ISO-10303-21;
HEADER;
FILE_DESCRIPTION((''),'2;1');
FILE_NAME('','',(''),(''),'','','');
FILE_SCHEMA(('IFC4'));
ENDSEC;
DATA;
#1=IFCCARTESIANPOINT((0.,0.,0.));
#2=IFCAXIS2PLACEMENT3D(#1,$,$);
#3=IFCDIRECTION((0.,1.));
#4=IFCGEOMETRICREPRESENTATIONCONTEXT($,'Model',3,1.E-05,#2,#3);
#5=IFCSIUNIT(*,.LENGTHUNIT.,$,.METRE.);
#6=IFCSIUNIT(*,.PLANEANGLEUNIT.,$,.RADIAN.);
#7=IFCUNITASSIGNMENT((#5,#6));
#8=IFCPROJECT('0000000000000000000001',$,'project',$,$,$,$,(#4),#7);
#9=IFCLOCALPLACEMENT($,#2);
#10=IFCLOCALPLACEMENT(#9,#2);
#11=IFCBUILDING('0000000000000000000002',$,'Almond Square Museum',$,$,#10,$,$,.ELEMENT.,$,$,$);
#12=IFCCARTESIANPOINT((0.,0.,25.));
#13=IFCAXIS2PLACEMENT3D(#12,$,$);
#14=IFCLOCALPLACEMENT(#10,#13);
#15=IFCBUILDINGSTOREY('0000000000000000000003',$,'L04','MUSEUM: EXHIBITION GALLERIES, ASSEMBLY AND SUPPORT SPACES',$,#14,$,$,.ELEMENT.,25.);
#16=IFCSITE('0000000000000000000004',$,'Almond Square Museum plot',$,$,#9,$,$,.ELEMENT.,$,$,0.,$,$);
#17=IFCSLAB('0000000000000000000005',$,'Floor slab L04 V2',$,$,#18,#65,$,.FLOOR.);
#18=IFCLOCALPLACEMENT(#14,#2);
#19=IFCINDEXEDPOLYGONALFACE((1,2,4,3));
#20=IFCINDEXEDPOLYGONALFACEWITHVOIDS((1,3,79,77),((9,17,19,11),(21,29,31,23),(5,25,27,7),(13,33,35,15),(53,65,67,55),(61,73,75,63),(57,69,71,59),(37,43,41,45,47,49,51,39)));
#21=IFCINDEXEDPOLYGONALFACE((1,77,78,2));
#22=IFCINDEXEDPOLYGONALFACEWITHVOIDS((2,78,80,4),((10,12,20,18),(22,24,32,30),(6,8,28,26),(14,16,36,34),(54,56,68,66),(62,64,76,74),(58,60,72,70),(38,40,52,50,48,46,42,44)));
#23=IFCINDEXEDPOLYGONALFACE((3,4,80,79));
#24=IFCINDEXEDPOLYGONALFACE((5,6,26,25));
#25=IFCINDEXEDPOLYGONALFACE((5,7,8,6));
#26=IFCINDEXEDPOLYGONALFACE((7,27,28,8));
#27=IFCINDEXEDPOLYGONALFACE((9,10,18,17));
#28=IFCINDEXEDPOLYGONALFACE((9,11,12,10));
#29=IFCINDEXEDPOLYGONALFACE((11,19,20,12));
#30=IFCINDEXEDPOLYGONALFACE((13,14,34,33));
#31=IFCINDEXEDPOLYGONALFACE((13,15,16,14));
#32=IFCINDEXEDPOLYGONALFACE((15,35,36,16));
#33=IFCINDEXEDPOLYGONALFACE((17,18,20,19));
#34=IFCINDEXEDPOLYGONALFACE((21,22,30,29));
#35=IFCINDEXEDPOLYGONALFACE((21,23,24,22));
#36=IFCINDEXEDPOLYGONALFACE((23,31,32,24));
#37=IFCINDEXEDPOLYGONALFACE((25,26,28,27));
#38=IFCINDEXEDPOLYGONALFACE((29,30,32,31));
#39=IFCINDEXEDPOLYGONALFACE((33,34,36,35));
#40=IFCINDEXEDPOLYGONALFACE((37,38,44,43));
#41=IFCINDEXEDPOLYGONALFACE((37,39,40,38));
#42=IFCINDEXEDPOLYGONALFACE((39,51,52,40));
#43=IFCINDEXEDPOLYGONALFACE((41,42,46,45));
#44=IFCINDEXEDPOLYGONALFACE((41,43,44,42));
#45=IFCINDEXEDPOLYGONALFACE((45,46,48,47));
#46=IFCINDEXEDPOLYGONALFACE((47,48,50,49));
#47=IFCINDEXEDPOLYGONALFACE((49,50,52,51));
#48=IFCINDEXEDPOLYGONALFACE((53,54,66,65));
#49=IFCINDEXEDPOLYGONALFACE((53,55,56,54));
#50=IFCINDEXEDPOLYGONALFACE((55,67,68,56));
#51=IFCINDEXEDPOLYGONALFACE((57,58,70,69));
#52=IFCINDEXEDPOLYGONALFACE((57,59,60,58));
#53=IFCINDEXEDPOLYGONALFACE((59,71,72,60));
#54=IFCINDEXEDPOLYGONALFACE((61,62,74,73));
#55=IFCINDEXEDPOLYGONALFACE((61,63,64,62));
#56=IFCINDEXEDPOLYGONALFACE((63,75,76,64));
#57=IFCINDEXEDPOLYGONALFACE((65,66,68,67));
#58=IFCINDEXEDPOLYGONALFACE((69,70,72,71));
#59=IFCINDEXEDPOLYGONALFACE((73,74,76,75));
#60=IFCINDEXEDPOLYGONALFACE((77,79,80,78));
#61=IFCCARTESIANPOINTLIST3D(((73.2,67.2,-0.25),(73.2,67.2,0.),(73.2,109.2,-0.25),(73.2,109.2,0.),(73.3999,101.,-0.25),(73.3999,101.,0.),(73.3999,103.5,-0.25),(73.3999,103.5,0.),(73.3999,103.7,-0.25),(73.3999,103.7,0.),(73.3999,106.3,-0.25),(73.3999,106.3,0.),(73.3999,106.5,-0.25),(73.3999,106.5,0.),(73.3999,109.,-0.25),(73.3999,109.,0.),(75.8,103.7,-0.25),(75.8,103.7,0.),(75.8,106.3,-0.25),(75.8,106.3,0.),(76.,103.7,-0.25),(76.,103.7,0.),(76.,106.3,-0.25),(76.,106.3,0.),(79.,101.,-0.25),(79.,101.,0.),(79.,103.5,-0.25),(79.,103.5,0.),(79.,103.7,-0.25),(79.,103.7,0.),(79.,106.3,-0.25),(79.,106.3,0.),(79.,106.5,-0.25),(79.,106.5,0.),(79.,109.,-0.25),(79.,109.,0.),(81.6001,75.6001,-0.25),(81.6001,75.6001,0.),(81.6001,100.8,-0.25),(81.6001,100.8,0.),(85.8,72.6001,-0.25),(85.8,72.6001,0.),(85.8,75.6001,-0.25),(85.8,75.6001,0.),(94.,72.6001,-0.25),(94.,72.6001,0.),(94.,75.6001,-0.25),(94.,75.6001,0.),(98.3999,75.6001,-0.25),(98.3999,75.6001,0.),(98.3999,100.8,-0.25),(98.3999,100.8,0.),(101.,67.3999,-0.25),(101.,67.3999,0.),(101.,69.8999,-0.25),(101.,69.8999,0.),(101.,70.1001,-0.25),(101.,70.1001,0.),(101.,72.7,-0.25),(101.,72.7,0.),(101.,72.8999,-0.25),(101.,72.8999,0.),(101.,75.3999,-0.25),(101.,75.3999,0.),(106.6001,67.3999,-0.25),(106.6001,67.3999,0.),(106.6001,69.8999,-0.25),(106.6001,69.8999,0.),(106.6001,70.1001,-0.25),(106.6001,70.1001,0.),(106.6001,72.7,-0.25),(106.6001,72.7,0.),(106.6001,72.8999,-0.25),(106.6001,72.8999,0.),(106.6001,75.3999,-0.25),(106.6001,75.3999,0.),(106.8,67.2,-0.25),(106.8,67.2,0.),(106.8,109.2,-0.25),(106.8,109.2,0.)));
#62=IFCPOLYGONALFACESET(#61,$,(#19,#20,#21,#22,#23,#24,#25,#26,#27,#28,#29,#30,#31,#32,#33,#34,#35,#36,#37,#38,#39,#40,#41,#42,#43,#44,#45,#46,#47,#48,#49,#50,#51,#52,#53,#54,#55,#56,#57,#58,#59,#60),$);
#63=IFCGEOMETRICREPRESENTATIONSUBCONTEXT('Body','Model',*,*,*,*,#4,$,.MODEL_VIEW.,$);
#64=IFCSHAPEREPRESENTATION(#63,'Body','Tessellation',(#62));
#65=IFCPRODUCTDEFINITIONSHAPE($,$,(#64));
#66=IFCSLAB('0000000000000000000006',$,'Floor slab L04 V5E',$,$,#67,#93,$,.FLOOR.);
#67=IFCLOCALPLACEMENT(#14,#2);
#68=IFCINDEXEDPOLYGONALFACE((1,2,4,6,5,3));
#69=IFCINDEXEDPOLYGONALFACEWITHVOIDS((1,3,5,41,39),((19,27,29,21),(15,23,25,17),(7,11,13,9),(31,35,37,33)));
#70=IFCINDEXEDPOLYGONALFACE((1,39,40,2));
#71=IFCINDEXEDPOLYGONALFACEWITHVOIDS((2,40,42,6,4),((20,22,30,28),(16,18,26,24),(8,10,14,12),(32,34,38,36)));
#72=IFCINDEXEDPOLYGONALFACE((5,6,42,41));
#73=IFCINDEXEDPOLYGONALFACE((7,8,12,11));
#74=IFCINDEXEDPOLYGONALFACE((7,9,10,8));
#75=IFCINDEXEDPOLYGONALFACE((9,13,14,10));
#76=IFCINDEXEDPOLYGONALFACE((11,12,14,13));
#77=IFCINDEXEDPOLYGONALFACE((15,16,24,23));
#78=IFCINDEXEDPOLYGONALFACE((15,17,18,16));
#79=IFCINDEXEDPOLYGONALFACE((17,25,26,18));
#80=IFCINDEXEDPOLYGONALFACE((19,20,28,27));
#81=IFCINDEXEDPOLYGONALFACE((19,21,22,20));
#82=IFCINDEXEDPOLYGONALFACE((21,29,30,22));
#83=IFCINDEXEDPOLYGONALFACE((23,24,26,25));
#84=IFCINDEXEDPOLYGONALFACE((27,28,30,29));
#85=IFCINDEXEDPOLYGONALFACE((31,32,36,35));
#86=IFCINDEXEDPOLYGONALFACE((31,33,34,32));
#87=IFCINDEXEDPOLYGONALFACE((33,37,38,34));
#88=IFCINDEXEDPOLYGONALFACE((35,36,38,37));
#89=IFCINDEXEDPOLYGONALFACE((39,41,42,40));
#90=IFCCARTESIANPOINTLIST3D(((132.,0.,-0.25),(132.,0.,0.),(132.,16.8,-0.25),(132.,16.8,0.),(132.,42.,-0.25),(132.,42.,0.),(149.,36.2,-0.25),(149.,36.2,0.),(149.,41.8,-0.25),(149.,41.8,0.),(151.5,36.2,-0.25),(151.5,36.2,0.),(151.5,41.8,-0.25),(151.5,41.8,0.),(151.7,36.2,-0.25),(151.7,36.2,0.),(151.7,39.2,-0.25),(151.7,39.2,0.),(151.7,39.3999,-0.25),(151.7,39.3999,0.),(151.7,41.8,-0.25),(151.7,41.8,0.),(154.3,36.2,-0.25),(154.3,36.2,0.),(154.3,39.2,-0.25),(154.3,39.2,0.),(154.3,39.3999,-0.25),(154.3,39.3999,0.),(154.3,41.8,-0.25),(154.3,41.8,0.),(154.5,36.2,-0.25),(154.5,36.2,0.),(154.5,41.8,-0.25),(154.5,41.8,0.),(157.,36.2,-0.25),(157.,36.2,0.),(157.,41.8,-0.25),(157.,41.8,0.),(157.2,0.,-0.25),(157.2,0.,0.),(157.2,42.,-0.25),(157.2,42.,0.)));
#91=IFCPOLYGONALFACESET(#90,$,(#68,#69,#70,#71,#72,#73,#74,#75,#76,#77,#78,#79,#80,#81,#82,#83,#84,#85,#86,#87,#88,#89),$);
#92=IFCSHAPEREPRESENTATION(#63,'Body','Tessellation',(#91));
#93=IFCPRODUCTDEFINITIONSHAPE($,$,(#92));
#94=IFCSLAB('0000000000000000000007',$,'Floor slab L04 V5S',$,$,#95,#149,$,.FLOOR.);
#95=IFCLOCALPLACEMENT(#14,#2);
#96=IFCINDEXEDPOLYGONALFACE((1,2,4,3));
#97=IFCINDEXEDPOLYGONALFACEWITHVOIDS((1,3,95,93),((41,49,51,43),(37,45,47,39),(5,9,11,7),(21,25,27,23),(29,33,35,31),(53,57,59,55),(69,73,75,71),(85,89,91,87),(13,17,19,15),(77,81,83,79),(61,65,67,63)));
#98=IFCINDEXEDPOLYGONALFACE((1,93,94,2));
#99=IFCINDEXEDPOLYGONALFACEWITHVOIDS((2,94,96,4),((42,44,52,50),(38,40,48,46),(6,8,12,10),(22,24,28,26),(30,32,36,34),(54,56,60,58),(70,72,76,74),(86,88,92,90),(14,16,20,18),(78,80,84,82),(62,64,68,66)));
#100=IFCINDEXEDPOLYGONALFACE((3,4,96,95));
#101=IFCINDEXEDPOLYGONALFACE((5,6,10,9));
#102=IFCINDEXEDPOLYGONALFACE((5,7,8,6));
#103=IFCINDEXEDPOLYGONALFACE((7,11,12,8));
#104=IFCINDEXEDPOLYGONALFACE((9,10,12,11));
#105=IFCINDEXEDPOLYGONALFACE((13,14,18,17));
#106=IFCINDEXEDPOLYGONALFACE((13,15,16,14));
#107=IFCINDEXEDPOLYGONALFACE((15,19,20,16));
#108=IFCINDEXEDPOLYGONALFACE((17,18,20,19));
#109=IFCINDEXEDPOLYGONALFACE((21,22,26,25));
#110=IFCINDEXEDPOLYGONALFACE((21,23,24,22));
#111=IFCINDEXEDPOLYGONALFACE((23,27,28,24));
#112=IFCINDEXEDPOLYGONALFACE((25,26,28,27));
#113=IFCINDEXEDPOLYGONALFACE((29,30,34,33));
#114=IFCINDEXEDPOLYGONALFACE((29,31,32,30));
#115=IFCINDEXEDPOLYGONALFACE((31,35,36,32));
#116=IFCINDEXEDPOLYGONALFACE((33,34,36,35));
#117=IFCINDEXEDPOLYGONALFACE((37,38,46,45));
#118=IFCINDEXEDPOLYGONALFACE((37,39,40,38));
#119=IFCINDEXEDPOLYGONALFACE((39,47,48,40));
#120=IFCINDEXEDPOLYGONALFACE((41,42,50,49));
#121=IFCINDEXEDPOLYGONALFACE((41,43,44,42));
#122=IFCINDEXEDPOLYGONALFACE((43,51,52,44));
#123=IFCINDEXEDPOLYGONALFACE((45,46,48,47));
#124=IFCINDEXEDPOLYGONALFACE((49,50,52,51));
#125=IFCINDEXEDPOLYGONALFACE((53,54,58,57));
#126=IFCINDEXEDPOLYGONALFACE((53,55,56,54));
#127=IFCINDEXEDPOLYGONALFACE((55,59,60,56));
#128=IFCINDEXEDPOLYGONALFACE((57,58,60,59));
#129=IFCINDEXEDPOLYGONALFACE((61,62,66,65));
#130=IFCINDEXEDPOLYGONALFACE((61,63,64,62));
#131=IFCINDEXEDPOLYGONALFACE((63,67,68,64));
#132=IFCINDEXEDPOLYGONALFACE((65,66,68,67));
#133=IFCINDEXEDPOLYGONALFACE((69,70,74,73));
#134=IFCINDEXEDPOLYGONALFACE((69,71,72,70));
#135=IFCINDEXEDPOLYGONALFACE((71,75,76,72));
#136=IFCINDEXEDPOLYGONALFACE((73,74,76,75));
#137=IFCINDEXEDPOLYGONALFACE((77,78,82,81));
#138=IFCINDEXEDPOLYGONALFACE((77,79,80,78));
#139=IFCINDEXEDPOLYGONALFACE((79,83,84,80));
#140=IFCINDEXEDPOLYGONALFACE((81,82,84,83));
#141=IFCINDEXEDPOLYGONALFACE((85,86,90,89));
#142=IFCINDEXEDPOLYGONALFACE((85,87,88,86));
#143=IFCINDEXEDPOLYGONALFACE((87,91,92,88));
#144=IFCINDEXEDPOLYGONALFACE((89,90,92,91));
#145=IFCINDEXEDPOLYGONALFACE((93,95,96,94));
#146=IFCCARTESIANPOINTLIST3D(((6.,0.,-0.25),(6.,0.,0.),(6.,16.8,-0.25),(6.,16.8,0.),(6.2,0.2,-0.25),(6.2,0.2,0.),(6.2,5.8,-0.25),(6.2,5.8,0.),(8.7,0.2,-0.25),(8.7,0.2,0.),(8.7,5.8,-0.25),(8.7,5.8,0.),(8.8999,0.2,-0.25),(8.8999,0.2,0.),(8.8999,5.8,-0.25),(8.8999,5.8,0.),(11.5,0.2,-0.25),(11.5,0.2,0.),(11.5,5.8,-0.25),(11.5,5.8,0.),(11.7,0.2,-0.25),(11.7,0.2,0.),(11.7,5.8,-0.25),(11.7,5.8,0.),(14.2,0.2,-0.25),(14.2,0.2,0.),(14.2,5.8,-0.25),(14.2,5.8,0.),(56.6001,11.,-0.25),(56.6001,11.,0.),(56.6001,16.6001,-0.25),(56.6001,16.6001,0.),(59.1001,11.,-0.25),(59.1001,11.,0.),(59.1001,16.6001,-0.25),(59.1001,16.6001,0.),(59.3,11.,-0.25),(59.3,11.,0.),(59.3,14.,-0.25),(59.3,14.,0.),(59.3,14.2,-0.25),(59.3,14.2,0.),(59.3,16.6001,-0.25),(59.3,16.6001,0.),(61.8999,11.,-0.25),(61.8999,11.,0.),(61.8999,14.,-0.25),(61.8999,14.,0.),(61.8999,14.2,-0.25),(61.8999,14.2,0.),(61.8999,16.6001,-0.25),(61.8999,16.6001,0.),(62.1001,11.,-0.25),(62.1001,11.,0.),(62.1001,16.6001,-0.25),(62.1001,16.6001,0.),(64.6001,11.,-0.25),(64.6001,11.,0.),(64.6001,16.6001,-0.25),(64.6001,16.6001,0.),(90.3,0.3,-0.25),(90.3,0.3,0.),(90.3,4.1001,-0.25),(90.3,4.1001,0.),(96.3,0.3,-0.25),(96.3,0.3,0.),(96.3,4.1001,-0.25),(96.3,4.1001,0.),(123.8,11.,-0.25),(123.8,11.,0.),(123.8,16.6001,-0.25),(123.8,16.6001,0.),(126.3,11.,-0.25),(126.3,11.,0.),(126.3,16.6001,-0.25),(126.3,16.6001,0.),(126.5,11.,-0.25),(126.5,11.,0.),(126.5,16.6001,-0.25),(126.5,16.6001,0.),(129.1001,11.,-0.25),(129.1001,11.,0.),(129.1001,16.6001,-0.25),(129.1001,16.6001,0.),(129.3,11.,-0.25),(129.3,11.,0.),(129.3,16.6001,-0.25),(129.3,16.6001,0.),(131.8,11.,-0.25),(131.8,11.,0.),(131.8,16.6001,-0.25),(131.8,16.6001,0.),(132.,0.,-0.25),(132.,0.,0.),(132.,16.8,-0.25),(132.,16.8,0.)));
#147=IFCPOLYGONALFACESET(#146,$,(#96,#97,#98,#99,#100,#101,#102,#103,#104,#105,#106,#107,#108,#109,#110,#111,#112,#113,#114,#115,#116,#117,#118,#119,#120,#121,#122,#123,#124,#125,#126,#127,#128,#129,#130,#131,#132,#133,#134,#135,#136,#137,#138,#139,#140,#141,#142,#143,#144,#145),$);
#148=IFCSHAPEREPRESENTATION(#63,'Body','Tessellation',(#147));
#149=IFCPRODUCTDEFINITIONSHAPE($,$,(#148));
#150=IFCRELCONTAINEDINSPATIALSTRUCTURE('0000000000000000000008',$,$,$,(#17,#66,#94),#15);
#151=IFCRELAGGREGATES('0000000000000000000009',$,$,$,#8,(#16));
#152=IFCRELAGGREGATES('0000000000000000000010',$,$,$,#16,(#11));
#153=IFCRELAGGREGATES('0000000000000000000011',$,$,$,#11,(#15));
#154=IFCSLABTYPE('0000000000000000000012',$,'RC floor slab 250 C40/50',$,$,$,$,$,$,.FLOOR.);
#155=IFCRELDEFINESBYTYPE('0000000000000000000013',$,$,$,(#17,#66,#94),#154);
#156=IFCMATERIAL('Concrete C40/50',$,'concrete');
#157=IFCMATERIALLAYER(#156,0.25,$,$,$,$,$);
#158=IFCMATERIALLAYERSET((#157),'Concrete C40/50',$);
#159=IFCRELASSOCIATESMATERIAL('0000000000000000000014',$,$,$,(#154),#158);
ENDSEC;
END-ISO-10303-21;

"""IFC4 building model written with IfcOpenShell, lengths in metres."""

from ifc_helpers import new_model, si_unit, direction, frame, origin, place, context, subcontext, project, spatial, polyline, outline, extrude, material, layer, layer_set, type_object, element, save


model = new_model("IFC4")

# Units and contexts
model_context = context("Model", 3, precision=1e-05, world=origin(), true_north=direction((0.0, 1.0)))
body_context = subcontext(model_context, "Body", "Model", "MODEL_VIEW")
ifc_project = project(units=[si_unit("LENGTHUNIT", "METRE"), si_unit("PLANEANGLEUNIT", "RADIAN")], contexts=[model_context])

# Site, building, storey
site_placement = place(None, origin())
site = spatial("IfcSite", under=ifc_project, at=site_placement, Name="Almond Square Museum plot", CompositionType="ELEMENT", RefElevation=0.0)
building_placement = place(site_placement, origin())
building = spatial("IfcBuilding", under=site, at=building_placement, Name="Almond Square Museum", CompositionType="ELEMENT")
storey_placement = place(building_placement, frame((0.0, 0.0, 25.0)))
storey = spatial("IfcBuildingStorey", under=building, at=storey_placement, Name="L04", Description="MUSEUM: EXHIBITION GALLERIES, ASSEMBLY AND SUPPORT SPACES", CompositionType="ELEMENT", Elevation=25.0)

# Slabs
ifc_material_1 = material(Name="Concrete C40/50", Category="concrete")
ifc_layer_1 = layer(ifc_material_1, 0.25)
ifc_layer_set_1 = layer_set([ifc_layer_1], Name="Concrete C40/50")
slab_type_1 = type_object("IfcSlabType", Name="RC floor slab 250 C40/50", PredefinedType="FLOOR", material=ifc_layer_set_1)
slab_1_placement = place(storey_placement, frame((0.0, 0.0, -0.25)))
element("IfcSlab", 1, at=slab_1_placement, inside=storey, type_object=slab_type_1, Name="Floor slab L04 V2", PredefinedType="FLOOR", context=body_context, shape_type="SweptSolid", body=[
    extrude(outline(polyline([(106.8, 109.2), (106.8, 67.2), (73.2, 67.2), (73.2, 109.2), (106.8, 109.2)]), holes=[polyline([(81.6001, 75.6001), (85.8, 75.6001), (85.8, 72.6001), (94.0, 72.6001), (94.0, 75.6001), (98.3999, 75.6001), (98.3999, 100.8), (81.6001, 100.8), (81.6001, 75.6001)]), polyline([(106.6001, 67.3999), (106.6001, 69.8999), (101.0, 69.8999), (101.0, 67.3999), (106.6001, 67.3999)]), polyline([(106.6001, 70.1001), (106.6001, 72.7), (101.0, 72.7), (101.0, 70.1001), (106.6001, 70.1001)]), polyline([(106.6001, 72.8999), (106.6001, 75.3999), (101.0, 75.3999), (101.0, 72.8999), (106.6001, 72.8999)]), polyline([(79.0, 101.0), (79.0, 103.5), (73.3999, 103.5), (73.3999, 101.0), (79.0, 101.0)]), polyline([(76.0, 103.7), (79.0, 103.7), (79.0, 106.3), (76.0, 106.3), (76.0, 103.7)]), polyline([(73.3999, 103.7), (75.8, 103.7), (75.8, 106.3), (73.3999, 106.3), (73.3999, 103.7)]), polyline([(79.0, 106.5), (79.0, 109.0), (73.3999, 109.0), (73.3999, 106.5), (79.0, 106.5)])]), origin(), (0.0, 0.0, 1.0), 0.25),
])
slab_2_placement = place(storey_placement, frame((0.0, 0.0, -0.25)))
element("IfcSlab", 2, at=slab_2_placement, inside=storey, type_object=slab_type_1, Name="Floor slab L04 V5E", PredefinedType="FLOOR", context=body_context, shape_type="SweptSolid", body=[
    extrude(outline(polyline([(157.2, 0.0), (132.0, 0.0), (132.0, 16.8), (132.0, 42.0), (157.2, 42.0), (157.2, 0.0)]), holes=[polyline([(154.3, 36.2), (154.3, 39.2), (151.7, 39.2), (151.7, 36.2), (154.3, 36.2)]), polyline([(157.0, 36.2), (157.0, 41.8), (154.5, 41.8), (154.5, 36.2), (157.0, 36.2)]), polyline([(151.5, 36.2), (151.5, 41.8), (149.0, 41.8), (149.0, 36.2), (151.5, 36.2)]), polyline([(151.7, 39.3999), (154.3, 39.3999), (154.3, 41.8), (151.7, 41.8), (151.7, 39.3999)])]), origin(), (0.0, 0.0, 1.0), 0.25),
])
slab_3_placement = place(storey_placement, frame((0.0, 0.0, -0.25)))
element("IfcSlab", 3, at=slab_3_placement, inside=storey, type_object=slab_type_1, Name="Floor slab L04 V5S", PredefinedType="FLOOR", context=body_context, shape_type="SweptSolid", body=[
    extrude(outline(polyline([(132.0, 16.8), (132.0, 0.0), (6.0, 0.0), (6.0, 16.8), (132.0, 16.8)]), holes=[polyline([(96.3, 0.3), (96.3, 4.1001), (90.3, 4.1001), (90.3, 0.3), (96.3, 0.3)]), polyline([(11.5, 0.2), (11.5, 5.8), (8.8999, 5.8), (8.8999, 0.2), (11.5, 0.2)]), polyline([(14.2, 0.2), (14.2, 5.8), (11.7, 5.8), (11.7, 0.2), (14.2, 0.2)]), polyline([(8.7, 0.2), (8.7, 5.8), (6.2, 5.8), (6.2, 0.2), (8.7, 0.2)]), polyline([(61.8999, 11.0), (61.8999, 14.0), (59.3, 14.0), (59.3, 11.0), (61.8999, 11.0)]), polyline([(59.1001, 11.0), (59.1001, 16.6001), (56.6001, 16.6001), (56.6001, 11.0), (59.1001, 11.0)]), polyline([(64.6001, 11.0), (64.6001, 16.6001), (62.1001, 16.6001), (62.1001, 11.0), (64.6001, 11.0)]), polyline([(61.8999, 14.2), (61.8999, 16.6001), (59.3, 16.6001), (59.3, 14.2), (61.8999, 14.2)]), polyline([(126.3, 11.0), (126.3, 16.6001), (123.8, 16.6001), (123.8, 11.0), (126.3, 11.0)]), polyline([(129.1001, 11.0), (129.1001, 16.6001), (126.5, 16.6001), (126.5, 11.0), (129.1001, 11.0)]), polyline([(131.8, 11.0), (131.8, 16.6001), (129.3, 16.6001), (129.3, 11.0), (131.8, 11.0)])]), origin(), (0.0, 0.0, 1.0), 0.25),
])

save(model, "model.ifc")
